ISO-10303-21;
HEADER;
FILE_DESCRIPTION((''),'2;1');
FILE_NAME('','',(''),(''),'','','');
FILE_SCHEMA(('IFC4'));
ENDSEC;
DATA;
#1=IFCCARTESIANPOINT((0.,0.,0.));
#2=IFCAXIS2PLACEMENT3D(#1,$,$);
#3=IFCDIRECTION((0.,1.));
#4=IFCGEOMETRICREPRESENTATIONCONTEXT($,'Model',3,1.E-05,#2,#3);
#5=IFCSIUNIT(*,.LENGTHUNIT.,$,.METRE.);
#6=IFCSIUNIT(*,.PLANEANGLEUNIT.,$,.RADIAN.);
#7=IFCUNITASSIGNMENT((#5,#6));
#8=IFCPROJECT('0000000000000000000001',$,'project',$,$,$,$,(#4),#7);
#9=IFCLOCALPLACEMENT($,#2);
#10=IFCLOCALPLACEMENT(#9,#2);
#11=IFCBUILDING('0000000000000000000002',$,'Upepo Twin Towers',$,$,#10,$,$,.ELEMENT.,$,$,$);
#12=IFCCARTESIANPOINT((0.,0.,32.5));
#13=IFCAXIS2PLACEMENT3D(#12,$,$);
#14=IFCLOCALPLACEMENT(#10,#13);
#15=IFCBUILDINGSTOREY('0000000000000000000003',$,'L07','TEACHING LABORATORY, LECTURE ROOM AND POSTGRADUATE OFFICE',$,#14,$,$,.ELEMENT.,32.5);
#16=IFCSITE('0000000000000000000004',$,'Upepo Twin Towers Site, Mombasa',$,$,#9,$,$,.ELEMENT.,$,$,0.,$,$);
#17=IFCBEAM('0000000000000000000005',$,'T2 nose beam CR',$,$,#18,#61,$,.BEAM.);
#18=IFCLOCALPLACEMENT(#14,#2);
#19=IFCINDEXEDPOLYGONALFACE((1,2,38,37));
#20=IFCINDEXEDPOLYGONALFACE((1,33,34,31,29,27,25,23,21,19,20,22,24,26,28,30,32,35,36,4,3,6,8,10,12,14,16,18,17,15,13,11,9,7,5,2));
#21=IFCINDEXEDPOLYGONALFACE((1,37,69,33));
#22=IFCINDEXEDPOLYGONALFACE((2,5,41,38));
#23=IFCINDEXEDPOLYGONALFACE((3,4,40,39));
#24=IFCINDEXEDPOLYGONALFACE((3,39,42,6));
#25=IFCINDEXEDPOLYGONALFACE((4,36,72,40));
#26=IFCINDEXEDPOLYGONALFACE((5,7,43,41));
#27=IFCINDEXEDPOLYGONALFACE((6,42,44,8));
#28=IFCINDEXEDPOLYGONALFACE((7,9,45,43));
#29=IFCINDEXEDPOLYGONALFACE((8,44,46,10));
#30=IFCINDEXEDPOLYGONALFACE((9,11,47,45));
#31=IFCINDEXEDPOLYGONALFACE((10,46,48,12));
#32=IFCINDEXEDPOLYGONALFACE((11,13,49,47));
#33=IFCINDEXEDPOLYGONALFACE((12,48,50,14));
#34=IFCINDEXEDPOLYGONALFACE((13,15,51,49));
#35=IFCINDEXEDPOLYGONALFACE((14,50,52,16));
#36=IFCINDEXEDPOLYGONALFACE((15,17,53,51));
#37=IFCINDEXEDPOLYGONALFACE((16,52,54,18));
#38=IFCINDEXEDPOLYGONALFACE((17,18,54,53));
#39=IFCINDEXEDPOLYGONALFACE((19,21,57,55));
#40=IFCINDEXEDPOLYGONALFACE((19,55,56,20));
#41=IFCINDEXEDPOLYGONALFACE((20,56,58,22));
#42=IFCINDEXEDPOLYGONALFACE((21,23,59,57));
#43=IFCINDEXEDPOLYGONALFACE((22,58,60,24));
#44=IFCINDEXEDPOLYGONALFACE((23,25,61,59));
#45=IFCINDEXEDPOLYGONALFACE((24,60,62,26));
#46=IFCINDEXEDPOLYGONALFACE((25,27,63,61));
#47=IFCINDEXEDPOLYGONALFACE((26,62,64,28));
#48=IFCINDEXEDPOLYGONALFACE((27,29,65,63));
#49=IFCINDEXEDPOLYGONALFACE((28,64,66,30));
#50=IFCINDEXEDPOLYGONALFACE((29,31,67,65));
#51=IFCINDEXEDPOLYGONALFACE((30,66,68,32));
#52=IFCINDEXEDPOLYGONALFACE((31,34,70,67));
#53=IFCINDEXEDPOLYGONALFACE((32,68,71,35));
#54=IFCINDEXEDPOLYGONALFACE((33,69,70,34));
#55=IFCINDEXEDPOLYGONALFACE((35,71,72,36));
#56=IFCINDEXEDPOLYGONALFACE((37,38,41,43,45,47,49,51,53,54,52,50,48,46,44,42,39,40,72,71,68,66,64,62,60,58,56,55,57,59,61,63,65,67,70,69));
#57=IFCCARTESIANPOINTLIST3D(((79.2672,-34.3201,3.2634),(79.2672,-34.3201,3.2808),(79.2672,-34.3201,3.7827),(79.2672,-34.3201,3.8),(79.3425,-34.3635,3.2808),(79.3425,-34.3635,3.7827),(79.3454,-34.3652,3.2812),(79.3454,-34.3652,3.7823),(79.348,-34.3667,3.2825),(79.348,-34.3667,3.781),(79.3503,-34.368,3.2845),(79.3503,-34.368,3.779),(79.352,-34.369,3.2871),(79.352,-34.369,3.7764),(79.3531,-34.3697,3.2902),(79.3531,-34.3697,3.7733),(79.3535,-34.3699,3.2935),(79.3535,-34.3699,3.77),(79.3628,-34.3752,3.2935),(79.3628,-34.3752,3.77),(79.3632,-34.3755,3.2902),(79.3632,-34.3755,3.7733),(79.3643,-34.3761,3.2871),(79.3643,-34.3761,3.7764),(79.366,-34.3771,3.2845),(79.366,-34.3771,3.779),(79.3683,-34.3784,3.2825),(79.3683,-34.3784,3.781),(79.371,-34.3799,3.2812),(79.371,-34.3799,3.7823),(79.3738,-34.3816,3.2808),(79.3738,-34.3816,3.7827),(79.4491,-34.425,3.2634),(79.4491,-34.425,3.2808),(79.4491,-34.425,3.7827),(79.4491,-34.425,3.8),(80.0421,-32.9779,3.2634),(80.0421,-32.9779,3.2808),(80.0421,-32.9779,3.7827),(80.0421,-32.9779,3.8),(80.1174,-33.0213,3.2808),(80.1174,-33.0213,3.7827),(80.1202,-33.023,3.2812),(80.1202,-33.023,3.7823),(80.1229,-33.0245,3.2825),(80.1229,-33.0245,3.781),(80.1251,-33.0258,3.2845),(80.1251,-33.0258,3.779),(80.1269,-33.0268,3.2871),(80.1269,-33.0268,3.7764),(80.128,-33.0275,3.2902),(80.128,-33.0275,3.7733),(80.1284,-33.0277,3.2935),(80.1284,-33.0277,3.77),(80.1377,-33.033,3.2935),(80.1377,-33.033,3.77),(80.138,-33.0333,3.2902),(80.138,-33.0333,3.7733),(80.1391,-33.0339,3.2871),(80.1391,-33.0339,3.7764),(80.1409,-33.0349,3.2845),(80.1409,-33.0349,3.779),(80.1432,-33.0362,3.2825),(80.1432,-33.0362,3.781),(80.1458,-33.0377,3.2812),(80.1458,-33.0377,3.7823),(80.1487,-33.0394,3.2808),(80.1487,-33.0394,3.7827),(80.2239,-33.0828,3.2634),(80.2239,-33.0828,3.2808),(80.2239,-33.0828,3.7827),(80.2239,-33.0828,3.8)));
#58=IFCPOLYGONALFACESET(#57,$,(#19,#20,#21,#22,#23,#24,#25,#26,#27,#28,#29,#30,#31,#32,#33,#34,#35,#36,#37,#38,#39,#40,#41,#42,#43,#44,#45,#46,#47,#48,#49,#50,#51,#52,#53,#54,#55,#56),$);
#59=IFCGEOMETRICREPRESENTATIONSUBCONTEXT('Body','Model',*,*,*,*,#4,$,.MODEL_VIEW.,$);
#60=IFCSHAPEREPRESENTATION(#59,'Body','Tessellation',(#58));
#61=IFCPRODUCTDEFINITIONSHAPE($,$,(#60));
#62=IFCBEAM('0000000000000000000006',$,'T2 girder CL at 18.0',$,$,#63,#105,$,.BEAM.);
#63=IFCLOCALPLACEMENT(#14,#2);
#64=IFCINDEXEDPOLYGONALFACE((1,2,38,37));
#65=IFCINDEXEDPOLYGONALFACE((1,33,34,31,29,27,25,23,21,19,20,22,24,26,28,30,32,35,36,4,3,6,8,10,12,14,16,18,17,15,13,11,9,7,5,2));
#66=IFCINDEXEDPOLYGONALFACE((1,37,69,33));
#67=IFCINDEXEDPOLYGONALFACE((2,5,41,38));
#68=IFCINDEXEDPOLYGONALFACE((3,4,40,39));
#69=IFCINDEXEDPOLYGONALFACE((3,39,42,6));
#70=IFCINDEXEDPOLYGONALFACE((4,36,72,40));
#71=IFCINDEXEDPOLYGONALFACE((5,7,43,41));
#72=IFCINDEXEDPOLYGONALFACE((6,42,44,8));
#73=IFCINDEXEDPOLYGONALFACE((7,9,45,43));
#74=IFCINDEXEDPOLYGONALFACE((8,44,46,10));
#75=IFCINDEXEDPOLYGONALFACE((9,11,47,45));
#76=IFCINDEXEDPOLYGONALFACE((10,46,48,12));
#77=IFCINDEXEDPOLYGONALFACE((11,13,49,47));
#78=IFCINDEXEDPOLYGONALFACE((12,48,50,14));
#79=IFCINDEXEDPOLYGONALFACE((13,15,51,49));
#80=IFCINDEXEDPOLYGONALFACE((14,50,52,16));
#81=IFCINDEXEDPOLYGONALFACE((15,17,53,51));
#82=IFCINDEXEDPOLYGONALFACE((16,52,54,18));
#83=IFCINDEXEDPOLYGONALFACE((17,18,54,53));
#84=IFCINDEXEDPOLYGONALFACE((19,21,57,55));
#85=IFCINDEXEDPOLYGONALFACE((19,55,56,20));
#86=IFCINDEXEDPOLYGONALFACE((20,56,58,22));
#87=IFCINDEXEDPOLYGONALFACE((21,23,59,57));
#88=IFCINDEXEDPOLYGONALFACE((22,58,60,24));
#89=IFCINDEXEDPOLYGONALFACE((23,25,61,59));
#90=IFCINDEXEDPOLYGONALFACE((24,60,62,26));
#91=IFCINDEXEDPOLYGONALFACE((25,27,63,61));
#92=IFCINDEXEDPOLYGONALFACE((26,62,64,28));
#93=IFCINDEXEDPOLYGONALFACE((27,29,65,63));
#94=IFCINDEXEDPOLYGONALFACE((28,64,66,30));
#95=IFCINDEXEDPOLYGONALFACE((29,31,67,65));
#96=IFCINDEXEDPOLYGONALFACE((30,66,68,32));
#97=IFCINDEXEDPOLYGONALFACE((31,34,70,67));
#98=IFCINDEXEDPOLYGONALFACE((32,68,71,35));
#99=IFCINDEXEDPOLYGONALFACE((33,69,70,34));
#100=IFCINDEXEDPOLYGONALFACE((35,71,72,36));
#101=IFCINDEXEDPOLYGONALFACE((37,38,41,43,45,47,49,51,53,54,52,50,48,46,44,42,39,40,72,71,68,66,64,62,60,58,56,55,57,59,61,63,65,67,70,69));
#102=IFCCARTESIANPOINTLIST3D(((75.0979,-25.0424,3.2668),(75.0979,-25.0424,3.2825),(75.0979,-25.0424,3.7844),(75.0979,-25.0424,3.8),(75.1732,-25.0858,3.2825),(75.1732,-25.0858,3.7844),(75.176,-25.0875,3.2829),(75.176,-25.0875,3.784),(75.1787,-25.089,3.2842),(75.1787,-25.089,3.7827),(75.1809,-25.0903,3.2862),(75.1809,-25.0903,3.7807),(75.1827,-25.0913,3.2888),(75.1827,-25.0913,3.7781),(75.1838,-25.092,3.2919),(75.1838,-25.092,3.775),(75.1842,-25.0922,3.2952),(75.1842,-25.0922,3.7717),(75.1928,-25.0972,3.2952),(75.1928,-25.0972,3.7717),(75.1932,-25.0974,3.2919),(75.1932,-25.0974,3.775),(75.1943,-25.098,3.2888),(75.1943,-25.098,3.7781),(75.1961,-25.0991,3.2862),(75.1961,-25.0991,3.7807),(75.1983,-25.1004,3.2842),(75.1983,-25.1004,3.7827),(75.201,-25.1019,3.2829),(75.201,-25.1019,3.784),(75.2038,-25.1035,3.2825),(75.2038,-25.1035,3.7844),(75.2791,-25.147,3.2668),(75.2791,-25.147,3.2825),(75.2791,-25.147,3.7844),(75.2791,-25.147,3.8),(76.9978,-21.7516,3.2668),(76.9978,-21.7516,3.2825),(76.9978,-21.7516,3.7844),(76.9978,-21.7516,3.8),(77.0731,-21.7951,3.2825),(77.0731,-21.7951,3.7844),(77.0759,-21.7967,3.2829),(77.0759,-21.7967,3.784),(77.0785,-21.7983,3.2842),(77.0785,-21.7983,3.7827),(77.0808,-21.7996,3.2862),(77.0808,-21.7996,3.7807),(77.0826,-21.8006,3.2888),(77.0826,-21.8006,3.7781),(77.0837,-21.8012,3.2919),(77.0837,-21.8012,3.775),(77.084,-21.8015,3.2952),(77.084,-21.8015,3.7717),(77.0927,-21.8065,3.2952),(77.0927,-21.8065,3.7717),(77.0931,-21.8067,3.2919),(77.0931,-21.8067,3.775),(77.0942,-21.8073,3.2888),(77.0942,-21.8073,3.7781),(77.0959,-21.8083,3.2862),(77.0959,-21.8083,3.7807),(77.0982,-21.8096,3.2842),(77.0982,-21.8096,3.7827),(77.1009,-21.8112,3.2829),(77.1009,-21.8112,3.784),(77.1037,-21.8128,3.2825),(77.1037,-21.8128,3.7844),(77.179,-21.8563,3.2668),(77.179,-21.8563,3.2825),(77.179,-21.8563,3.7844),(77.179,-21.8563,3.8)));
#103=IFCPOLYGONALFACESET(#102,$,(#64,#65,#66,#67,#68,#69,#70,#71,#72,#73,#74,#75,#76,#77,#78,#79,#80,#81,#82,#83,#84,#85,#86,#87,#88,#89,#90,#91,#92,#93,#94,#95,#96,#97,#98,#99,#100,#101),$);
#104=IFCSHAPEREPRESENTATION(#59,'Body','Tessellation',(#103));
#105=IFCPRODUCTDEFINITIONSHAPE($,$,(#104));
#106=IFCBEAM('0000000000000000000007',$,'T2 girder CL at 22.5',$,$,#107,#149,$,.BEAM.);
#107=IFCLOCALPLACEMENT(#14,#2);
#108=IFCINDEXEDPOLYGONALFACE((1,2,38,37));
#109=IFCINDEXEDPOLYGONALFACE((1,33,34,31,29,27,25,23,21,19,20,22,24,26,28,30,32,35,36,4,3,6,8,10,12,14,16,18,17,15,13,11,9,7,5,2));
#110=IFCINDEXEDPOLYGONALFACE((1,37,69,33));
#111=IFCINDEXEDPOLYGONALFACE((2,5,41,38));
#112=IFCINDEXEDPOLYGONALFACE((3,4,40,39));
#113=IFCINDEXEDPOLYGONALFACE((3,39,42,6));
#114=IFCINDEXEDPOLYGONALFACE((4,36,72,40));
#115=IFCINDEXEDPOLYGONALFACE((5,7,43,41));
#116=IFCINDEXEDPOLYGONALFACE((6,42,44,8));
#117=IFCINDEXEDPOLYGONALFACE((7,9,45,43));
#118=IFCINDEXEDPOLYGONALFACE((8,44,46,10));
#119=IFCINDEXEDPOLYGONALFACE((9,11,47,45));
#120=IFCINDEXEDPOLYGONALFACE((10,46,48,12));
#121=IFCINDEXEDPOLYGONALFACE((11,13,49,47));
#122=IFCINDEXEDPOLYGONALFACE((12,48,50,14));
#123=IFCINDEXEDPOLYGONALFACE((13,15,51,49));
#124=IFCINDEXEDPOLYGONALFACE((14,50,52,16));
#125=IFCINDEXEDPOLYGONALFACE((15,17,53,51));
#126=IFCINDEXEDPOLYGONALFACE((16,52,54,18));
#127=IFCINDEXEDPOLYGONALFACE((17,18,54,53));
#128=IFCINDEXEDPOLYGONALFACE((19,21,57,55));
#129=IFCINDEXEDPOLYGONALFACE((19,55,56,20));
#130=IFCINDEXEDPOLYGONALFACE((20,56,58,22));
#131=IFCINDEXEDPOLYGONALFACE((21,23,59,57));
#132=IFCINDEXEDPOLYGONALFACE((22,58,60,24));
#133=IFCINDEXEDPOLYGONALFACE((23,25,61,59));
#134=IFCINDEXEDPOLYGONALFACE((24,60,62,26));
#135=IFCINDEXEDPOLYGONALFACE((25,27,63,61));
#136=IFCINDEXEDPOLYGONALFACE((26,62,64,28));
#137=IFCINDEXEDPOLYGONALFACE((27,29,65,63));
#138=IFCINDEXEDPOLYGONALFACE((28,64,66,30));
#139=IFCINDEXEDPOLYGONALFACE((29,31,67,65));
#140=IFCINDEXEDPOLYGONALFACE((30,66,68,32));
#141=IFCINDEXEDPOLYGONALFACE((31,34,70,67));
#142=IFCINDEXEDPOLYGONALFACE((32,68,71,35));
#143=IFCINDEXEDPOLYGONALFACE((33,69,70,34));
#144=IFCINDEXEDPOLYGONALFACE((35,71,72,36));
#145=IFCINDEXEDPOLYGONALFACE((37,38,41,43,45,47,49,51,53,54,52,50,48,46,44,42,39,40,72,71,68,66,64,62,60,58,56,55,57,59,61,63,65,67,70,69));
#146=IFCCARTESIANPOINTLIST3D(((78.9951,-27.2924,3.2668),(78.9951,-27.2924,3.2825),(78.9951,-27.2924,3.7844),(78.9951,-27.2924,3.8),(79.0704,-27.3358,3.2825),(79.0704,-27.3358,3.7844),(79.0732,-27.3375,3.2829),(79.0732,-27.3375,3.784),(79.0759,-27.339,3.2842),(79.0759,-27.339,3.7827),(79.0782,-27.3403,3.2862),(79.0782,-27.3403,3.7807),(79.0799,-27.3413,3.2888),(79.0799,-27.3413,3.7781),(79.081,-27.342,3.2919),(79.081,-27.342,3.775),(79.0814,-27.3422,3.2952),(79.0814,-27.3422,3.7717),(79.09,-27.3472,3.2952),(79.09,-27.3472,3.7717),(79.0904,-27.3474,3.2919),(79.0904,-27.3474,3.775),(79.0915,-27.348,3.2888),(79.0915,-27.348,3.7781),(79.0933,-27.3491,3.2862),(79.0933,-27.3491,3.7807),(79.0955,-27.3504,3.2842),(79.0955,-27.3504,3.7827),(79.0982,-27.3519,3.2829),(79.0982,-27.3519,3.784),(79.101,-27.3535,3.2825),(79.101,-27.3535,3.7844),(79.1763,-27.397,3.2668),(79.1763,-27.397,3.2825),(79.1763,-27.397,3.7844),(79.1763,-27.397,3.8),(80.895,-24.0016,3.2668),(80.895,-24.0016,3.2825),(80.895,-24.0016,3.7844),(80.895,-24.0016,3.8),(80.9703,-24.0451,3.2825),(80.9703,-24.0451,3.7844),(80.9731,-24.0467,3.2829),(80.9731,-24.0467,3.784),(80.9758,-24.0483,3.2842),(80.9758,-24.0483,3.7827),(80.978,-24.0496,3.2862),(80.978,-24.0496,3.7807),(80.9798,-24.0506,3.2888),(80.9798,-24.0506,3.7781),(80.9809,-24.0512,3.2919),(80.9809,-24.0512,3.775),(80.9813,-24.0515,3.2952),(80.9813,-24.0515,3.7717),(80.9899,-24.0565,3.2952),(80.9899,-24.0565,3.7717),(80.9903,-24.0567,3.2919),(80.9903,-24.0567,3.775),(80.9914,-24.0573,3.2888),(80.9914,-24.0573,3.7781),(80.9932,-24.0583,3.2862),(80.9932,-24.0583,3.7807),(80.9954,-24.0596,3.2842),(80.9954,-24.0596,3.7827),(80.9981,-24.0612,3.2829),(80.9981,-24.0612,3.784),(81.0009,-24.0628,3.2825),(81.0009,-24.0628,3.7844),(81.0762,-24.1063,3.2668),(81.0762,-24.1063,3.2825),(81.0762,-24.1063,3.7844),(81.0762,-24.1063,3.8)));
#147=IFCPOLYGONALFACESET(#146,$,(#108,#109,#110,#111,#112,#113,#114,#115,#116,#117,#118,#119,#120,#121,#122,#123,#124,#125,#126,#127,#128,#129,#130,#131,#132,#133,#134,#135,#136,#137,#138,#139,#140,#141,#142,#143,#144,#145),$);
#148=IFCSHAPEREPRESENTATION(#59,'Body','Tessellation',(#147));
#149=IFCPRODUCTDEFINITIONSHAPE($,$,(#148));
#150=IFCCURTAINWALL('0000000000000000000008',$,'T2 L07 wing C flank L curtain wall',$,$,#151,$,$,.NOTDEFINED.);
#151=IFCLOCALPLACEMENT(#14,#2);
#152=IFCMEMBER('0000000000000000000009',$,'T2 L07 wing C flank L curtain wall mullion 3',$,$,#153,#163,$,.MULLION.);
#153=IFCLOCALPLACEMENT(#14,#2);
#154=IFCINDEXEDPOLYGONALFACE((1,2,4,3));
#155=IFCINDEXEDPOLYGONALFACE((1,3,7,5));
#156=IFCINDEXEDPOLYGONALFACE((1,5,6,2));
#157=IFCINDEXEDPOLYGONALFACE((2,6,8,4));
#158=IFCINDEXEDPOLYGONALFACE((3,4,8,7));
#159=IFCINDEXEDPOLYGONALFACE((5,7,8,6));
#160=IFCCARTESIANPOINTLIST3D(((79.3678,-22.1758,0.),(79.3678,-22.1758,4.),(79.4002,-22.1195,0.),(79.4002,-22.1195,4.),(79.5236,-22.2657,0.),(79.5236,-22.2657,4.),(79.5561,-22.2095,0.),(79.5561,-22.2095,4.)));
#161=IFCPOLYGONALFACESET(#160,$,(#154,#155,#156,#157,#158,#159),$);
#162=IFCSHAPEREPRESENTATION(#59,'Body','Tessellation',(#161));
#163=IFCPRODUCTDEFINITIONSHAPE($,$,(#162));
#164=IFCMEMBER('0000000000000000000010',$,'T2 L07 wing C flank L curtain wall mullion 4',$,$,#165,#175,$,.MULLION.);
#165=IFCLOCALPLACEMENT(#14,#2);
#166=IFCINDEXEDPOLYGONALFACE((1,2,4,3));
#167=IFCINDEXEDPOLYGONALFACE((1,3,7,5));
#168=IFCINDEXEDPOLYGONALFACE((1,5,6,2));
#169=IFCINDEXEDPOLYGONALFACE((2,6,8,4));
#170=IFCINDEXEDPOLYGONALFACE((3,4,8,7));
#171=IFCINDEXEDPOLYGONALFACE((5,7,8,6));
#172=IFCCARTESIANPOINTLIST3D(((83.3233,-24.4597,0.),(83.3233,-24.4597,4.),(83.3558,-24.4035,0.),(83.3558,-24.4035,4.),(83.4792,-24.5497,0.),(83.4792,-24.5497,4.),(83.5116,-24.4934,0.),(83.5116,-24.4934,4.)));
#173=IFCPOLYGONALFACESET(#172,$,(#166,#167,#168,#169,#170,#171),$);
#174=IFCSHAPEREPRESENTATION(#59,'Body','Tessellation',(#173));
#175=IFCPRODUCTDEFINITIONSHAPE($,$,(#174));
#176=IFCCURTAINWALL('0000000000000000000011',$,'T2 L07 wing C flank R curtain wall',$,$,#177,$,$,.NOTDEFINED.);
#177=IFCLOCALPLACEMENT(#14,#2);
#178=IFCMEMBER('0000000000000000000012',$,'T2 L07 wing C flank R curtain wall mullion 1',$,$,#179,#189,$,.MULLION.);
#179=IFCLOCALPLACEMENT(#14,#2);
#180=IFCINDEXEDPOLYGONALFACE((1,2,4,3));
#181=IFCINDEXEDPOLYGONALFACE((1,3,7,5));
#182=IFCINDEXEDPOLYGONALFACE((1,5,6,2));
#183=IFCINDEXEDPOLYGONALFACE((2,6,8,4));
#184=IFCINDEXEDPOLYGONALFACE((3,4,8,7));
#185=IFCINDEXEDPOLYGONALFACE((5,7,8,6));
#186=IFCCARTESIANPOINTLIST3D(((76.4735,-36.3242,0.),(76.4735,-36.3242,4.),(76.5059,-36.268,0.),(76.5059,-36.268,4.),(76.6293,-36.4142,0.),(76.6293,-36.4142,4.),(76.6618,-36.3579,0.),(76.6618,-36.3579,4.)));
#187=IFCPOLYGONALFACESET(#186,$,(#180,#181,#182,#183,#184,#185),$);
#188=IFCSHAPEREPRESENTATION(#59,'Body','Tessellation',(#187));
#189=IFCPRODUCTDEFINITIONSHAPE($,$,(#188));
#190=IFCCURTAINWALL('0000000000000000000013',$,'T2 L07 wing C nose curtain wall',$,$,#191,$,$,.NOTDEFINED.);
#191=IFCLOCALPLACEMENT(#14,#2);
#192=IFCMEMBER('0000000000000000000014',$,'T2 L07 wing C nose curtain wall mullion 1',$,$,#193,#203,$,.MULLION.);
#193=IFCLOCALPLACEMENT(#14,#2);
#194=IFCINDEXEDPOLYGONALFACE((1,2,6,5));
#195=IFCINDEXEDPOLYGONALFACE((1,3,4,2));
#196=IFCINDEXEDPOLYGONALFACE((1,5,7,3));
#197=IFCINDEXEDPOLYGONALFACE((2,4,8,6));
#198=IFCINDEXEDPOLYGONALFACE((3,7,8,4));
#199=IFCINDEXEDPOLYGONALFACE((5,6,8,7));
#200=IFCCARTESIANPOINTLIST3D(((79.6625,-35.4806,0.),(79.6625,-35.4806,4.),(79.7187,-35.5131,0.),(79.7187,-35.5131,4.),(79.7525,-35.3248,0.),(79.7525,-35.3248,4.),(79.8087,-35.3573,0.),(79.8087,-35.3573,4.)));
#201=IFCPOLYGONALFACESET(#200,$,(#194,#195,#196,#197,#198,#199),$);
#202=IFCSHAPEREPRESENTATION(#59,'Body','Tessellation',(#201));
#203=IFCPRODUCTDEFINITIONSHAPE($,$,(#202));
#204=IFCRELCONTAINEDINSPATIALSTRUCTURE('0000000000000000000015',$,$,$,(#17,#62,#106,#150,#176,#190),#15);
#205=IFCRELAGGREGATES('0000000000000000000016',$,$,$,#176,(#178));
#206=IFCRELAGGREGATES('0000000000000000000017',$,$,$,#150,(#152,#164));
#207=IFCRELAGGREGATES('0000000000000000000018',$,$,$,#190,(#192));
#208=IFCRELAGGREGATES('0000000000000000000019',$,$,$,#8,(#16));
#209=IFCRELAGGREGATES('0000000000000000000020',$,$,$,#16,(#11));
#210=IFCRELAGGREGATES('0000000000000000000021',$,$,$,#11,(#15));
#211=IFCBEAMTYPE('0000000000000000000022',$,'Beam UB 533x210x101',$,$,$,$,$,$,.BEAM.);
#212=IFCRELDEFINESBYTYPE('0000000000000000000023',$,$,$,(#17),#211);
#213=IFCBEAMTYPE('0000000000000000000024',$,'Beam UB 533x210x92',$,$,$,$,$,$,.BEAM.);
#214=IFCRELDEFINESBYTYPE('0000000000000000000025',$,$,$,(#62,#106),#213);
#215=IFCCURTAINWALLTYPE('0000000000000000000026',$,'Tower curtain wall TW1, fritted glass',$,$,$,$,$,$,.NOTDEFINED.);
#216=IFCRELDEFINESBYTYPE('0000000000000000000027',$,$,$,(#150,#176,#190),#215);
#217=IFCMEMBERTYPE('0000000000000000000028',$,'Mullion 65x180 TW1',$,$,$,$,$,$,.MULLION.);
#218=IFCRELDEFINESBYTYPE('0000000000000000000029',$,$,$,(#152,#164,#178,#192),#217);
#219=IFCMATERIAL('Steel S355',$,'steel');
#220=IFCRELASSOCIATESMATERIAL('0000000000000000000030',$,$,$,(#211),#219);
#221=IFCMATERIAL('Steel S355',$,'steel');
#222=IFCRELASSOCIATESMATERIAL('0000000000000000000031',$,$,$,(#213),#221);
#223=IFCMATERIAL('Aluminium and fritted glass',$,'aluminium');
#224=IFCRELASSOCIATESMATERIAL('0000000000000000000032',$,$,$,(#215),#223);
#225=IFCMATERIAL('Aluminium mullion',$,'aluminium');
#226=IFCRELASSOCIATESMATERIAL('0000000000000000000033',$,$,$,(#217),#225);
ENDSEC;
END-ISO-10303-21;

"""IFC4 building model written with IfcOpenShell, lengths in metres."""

from ifc_helpers import new_model, si_unit, direction, frame, origin, origin_2d, place, context, subcontext, project, spatial, rectangle, i_section, extrude, material, material_profile, profile_set, type_object, element, aggregate, save


model = new_model("IFC4")

# Units and contexts
model_context = context("Model", 3, precision=1e-05, world=origin(), true_north=direction((0.0, 1.0)))
body_context = subcontext(model_context, "Body", "Model", "MODEL_VIEW")
ifc_project = project(units=[si_unit("LENGTHUNIT", "METRE"), si_unit("PLANEANGLEUNIT", "RADIAN")], contexts=[model_context])

# Site, building, storey
site_placement = place(None, origin())
site = spatial("IfcSite", under=ifc_project, at=site_placement, Name="Upepo Twin Towers Site, Mombasa", CompositionType="ELEMENT", RefElevation=0.0)
building_placement = place(site_placement, origin())
building = spatial("IfcBuilding", under=site, at=building_placement, Name="Upepo Twin Towers", CompositionType="ELEMENT")
storey_placement = place(building_placement, frame((0.0, 0.0, 32.5)))
storey = spatial("IfcBuildingStorey", under=building, at=storey_placement, Name="L07", Description="TEACHING LABORATORY, LECTURE ROOM AND POSTGRADUATE OFFICE", CompositionType="ELEMENT", Elevation=32.5)

# Beams
ifc_material_1 = material(Name="Steel S355", Category="steel")
ifc_material_profile_1 = material_profile(ifc_material_1, i_section(OverallWidth=0.21, OverallDepth=0.5366, WebThickness=0.0107, FlangeThickness=0.0173, FilletRadius=0.0127, at=origin_2d()), Name="UB 533x210x101")
ifc_profile_set_1 = profile_set([ifc_material_profile_1], Name="Steel S355")
beam_type_1 = type_object("IfcBeamType", Name="Beam UB 533x210x101", PredefinedType="BEAM", material=ifc_profile_set_1)
for number, where, z_axis, x_axis, name in (
    (1, (79.3582, -34.3726, 3.5317), (0.499968, 0.866044, 0.0), (-0.866044, 0.499968, 0.0), "T2 nose beam CR"),
):
    element("IfcBeam", number, at=place(storey_placement, frame(where, z_axis=z_axis, x_axis=x_axis)), inside=storey, type_object=beam_type_1, Name=name, PredefinedType="BEAM", context=body_context, shape_type="SweptSolid", body=[
        extrude(i_section(OverallWidth=0.21, OverallDepth=0.5366, WebThickness=0.0107, FlangeThickness=0.0173, FilletRadius=0.0127, at=origin_2d()), origin(), (0.0, 0.0, 1.0), 1.5498),
    ])
ifc_material_2 = material(Name="Steel S355", Category="steel")
ifc_material_profile_2 = material_profile(ifc_material_2, i_section(OverallWidth=0.2092, OverallDepth=0.5332, WebThickness=0.01, FlangeThickness=0.0156, FilletRadius=0.0127, at=origin_2d()), Name="UB 533x210x92")
ifc_profile_set_2 = profile_set([ifc_material_profile_2], Name="Steel S355")
beam_type_2 = type_object("IfcBeamType", Name="Beam UB 533x210x92", PredefinedType="BEAM", material=ifc_profile_set_2)
for number, where, z_axis, x_axis, name in (
    (2, (77.0884, -21.804, 3.5334), (-0.499995, -0.866028, 0.0), (0.866028, -0.499995, 0.0), "T2 girder CL at 18.0"),
    (3, (80.9856, -24.054, 3.5334), (-0.499995, -0.866028, 0.0), (0.866028, -0.499995, 0.0), "T2 girder CL at 22.5"),
):
    element("IfcBeam", number, at=place(storey_placement, frame(where, z_axis=z_axis, x_axis=x_axis)), inside=storey, type_object=beam_type_2, Name=name, PredefinedType="BEAM", context=body_context, shape_type="SweptSolid", body=[
        extrude(i_section(OverallWidth=0.2092, OverallDepth=0.5332, WebThickness=0.01, FlangeThickness=0.0156, FilletRadius=0.0127, at=origin_2d()), origin(), (0.0, 0.0, 1.0), 3.7998),
    ])

# Curtain wall, members
ifc_material_3 = material(Name="Aluminium and fritted glass", Category="aluminium")
curtain_wall_type = type_object("IfcCurtainWallType", Name="Tower curtain wall TW1, fritted glass", PredefinedType="NOTDEFINED", material=ifc_material_3)
curtain_wall_1_placement = place(storey_placement, origin())
curtain_wall_1 = element("IfcCurtainWall", 4, at=curtain_wall_1_placement, inside=storey, type_object=curtain_wall_type, Name="T2 L07 wing C flank L curtain wall", PredefinedType="NOTDEFINED")
ifc_material_4 = material(Name="Aluminium mullion", Category="aluminium")
ifc_material_profile_3 = material_profile(ifc_material_4, rectangle(XDim=0.0649, YDim=0.1799, at=origin_2d()), Name="MULLION 65x180")
ifc_profile_set_3 = profile_set([ifc_material_profile_3], Name="Aluminium mullion")
member_type_1 = type_object("IfcMemberType", Name="Mullion 65x180 TW1", PredefinedType="MULLION", material=ifc_profile_set_3)
member_1_placement = place(storey_placement, frame((79.4619, -22.1926, 0.0), z_axis=(0.0, 0.0, 1.0), x_axis=(0.5, 0.866025, 0.0)))
member_1 = element("IfcMember", 5, at=member_1_placement, type_object=member_type_1, Name="T2 L07 wing C flank L curtain wall mullion 3", PredefinedType="MULLION", context=body_context, shape_type="SweptSolid", body=[
    extrude(rectangle(XDim=0.0649, YDim=0.1799, at=origin_2d()), origin(), (0.0, 0.0, 1.0), 4.0),
])
member_2_placement = place(storey_placement, frame((83.4175, -24.4766, 0.0), z_axis=(0.0, 0.0, 1.0), x_axis=(0.5, 0.866025, 0.0)))
member_2 = element("IfcMember", 6, at=member_2_placement, type_object=member_type_1, Name="T2 L07 wing C flank L curtain wall mullion 4", PredefinedType="MULLION", context=body_context, shape_type="SweptSolid", body=[
    extrude(rectangle(XDim=0.0649, YDim=0.1799, at=origin_2d()), origin(), (0.0, 0.0, 1.0), 4.0),
])

# Curtain wall, member
curtain_wall_2_placement = place(storey_placement, origin())
curtain_wall_2 = element("IfcCurtainWall", 7, at=curtain_wall_2_placement, inside=storey, type_object=curtain_wall_type, Name="T2 L07 wing C flank R curtain wall", PredefinedType="NOTDEFINED")
member_3_placement = place(storey_placement, frame((76.5676, -36.3411, 0.0), z_axis=(0.0, 0.0, 1.0), x_axis=(-0.5, -0.866025, 0.0)))
member_3 = element("IfcMember", 8, at=member_3_placement, type_object=member_type_1, Name="T2 L07 wing C flank R curtain wall mullion 1", PredefinedType="MULLION", context=body_context, shape_type="SweptSolid", body=[
    extrude(rectangle(XDim=0.0649, YDim=0.1799, at=origin_2d()), origin(), (0.0, 0.0, 1.0), 4.0),
])
aggregate(curtain_wall_2, [member_3])

# Curtain wall, member
curtain_wall_3_placement = place(storey_placement, origin())
curtain_wall_3 = element("IfcCurtainWall", 9, at=curtain_wall_3_placement, inside=storey, type_object=curtain_wall_type, Name="T2 L07 wing C nose curtain wall", PredefinedType="NOTDEFINED")
member_4_placement = place(storey_placement, frame((79.7356, -35.4189, 0.0), z_axis=(0.0, 0.0, 1.0), x_axis=(-0.866025, 0.5, 0.0)))
member_4 = element("IfcMember", 10, at=member_4_placement, type_object=member_type_1, Name="T2 L07 wing C nose curtain wall mullion 1", PredefinedType="MULLION", context=body_context, shape_type="SweptSolid", body=[
    extrude(rectangle(XDim=0.0649, YDim=0.1799, at=origin_2d()), origin(), (0.0, 0.0, 1.0), 4.0),
])

aggregate(curtain_wall_1, [member_1, member_2])
aggregate(curtain_wall_3, [member_4])

save(model, "model.ifc")
